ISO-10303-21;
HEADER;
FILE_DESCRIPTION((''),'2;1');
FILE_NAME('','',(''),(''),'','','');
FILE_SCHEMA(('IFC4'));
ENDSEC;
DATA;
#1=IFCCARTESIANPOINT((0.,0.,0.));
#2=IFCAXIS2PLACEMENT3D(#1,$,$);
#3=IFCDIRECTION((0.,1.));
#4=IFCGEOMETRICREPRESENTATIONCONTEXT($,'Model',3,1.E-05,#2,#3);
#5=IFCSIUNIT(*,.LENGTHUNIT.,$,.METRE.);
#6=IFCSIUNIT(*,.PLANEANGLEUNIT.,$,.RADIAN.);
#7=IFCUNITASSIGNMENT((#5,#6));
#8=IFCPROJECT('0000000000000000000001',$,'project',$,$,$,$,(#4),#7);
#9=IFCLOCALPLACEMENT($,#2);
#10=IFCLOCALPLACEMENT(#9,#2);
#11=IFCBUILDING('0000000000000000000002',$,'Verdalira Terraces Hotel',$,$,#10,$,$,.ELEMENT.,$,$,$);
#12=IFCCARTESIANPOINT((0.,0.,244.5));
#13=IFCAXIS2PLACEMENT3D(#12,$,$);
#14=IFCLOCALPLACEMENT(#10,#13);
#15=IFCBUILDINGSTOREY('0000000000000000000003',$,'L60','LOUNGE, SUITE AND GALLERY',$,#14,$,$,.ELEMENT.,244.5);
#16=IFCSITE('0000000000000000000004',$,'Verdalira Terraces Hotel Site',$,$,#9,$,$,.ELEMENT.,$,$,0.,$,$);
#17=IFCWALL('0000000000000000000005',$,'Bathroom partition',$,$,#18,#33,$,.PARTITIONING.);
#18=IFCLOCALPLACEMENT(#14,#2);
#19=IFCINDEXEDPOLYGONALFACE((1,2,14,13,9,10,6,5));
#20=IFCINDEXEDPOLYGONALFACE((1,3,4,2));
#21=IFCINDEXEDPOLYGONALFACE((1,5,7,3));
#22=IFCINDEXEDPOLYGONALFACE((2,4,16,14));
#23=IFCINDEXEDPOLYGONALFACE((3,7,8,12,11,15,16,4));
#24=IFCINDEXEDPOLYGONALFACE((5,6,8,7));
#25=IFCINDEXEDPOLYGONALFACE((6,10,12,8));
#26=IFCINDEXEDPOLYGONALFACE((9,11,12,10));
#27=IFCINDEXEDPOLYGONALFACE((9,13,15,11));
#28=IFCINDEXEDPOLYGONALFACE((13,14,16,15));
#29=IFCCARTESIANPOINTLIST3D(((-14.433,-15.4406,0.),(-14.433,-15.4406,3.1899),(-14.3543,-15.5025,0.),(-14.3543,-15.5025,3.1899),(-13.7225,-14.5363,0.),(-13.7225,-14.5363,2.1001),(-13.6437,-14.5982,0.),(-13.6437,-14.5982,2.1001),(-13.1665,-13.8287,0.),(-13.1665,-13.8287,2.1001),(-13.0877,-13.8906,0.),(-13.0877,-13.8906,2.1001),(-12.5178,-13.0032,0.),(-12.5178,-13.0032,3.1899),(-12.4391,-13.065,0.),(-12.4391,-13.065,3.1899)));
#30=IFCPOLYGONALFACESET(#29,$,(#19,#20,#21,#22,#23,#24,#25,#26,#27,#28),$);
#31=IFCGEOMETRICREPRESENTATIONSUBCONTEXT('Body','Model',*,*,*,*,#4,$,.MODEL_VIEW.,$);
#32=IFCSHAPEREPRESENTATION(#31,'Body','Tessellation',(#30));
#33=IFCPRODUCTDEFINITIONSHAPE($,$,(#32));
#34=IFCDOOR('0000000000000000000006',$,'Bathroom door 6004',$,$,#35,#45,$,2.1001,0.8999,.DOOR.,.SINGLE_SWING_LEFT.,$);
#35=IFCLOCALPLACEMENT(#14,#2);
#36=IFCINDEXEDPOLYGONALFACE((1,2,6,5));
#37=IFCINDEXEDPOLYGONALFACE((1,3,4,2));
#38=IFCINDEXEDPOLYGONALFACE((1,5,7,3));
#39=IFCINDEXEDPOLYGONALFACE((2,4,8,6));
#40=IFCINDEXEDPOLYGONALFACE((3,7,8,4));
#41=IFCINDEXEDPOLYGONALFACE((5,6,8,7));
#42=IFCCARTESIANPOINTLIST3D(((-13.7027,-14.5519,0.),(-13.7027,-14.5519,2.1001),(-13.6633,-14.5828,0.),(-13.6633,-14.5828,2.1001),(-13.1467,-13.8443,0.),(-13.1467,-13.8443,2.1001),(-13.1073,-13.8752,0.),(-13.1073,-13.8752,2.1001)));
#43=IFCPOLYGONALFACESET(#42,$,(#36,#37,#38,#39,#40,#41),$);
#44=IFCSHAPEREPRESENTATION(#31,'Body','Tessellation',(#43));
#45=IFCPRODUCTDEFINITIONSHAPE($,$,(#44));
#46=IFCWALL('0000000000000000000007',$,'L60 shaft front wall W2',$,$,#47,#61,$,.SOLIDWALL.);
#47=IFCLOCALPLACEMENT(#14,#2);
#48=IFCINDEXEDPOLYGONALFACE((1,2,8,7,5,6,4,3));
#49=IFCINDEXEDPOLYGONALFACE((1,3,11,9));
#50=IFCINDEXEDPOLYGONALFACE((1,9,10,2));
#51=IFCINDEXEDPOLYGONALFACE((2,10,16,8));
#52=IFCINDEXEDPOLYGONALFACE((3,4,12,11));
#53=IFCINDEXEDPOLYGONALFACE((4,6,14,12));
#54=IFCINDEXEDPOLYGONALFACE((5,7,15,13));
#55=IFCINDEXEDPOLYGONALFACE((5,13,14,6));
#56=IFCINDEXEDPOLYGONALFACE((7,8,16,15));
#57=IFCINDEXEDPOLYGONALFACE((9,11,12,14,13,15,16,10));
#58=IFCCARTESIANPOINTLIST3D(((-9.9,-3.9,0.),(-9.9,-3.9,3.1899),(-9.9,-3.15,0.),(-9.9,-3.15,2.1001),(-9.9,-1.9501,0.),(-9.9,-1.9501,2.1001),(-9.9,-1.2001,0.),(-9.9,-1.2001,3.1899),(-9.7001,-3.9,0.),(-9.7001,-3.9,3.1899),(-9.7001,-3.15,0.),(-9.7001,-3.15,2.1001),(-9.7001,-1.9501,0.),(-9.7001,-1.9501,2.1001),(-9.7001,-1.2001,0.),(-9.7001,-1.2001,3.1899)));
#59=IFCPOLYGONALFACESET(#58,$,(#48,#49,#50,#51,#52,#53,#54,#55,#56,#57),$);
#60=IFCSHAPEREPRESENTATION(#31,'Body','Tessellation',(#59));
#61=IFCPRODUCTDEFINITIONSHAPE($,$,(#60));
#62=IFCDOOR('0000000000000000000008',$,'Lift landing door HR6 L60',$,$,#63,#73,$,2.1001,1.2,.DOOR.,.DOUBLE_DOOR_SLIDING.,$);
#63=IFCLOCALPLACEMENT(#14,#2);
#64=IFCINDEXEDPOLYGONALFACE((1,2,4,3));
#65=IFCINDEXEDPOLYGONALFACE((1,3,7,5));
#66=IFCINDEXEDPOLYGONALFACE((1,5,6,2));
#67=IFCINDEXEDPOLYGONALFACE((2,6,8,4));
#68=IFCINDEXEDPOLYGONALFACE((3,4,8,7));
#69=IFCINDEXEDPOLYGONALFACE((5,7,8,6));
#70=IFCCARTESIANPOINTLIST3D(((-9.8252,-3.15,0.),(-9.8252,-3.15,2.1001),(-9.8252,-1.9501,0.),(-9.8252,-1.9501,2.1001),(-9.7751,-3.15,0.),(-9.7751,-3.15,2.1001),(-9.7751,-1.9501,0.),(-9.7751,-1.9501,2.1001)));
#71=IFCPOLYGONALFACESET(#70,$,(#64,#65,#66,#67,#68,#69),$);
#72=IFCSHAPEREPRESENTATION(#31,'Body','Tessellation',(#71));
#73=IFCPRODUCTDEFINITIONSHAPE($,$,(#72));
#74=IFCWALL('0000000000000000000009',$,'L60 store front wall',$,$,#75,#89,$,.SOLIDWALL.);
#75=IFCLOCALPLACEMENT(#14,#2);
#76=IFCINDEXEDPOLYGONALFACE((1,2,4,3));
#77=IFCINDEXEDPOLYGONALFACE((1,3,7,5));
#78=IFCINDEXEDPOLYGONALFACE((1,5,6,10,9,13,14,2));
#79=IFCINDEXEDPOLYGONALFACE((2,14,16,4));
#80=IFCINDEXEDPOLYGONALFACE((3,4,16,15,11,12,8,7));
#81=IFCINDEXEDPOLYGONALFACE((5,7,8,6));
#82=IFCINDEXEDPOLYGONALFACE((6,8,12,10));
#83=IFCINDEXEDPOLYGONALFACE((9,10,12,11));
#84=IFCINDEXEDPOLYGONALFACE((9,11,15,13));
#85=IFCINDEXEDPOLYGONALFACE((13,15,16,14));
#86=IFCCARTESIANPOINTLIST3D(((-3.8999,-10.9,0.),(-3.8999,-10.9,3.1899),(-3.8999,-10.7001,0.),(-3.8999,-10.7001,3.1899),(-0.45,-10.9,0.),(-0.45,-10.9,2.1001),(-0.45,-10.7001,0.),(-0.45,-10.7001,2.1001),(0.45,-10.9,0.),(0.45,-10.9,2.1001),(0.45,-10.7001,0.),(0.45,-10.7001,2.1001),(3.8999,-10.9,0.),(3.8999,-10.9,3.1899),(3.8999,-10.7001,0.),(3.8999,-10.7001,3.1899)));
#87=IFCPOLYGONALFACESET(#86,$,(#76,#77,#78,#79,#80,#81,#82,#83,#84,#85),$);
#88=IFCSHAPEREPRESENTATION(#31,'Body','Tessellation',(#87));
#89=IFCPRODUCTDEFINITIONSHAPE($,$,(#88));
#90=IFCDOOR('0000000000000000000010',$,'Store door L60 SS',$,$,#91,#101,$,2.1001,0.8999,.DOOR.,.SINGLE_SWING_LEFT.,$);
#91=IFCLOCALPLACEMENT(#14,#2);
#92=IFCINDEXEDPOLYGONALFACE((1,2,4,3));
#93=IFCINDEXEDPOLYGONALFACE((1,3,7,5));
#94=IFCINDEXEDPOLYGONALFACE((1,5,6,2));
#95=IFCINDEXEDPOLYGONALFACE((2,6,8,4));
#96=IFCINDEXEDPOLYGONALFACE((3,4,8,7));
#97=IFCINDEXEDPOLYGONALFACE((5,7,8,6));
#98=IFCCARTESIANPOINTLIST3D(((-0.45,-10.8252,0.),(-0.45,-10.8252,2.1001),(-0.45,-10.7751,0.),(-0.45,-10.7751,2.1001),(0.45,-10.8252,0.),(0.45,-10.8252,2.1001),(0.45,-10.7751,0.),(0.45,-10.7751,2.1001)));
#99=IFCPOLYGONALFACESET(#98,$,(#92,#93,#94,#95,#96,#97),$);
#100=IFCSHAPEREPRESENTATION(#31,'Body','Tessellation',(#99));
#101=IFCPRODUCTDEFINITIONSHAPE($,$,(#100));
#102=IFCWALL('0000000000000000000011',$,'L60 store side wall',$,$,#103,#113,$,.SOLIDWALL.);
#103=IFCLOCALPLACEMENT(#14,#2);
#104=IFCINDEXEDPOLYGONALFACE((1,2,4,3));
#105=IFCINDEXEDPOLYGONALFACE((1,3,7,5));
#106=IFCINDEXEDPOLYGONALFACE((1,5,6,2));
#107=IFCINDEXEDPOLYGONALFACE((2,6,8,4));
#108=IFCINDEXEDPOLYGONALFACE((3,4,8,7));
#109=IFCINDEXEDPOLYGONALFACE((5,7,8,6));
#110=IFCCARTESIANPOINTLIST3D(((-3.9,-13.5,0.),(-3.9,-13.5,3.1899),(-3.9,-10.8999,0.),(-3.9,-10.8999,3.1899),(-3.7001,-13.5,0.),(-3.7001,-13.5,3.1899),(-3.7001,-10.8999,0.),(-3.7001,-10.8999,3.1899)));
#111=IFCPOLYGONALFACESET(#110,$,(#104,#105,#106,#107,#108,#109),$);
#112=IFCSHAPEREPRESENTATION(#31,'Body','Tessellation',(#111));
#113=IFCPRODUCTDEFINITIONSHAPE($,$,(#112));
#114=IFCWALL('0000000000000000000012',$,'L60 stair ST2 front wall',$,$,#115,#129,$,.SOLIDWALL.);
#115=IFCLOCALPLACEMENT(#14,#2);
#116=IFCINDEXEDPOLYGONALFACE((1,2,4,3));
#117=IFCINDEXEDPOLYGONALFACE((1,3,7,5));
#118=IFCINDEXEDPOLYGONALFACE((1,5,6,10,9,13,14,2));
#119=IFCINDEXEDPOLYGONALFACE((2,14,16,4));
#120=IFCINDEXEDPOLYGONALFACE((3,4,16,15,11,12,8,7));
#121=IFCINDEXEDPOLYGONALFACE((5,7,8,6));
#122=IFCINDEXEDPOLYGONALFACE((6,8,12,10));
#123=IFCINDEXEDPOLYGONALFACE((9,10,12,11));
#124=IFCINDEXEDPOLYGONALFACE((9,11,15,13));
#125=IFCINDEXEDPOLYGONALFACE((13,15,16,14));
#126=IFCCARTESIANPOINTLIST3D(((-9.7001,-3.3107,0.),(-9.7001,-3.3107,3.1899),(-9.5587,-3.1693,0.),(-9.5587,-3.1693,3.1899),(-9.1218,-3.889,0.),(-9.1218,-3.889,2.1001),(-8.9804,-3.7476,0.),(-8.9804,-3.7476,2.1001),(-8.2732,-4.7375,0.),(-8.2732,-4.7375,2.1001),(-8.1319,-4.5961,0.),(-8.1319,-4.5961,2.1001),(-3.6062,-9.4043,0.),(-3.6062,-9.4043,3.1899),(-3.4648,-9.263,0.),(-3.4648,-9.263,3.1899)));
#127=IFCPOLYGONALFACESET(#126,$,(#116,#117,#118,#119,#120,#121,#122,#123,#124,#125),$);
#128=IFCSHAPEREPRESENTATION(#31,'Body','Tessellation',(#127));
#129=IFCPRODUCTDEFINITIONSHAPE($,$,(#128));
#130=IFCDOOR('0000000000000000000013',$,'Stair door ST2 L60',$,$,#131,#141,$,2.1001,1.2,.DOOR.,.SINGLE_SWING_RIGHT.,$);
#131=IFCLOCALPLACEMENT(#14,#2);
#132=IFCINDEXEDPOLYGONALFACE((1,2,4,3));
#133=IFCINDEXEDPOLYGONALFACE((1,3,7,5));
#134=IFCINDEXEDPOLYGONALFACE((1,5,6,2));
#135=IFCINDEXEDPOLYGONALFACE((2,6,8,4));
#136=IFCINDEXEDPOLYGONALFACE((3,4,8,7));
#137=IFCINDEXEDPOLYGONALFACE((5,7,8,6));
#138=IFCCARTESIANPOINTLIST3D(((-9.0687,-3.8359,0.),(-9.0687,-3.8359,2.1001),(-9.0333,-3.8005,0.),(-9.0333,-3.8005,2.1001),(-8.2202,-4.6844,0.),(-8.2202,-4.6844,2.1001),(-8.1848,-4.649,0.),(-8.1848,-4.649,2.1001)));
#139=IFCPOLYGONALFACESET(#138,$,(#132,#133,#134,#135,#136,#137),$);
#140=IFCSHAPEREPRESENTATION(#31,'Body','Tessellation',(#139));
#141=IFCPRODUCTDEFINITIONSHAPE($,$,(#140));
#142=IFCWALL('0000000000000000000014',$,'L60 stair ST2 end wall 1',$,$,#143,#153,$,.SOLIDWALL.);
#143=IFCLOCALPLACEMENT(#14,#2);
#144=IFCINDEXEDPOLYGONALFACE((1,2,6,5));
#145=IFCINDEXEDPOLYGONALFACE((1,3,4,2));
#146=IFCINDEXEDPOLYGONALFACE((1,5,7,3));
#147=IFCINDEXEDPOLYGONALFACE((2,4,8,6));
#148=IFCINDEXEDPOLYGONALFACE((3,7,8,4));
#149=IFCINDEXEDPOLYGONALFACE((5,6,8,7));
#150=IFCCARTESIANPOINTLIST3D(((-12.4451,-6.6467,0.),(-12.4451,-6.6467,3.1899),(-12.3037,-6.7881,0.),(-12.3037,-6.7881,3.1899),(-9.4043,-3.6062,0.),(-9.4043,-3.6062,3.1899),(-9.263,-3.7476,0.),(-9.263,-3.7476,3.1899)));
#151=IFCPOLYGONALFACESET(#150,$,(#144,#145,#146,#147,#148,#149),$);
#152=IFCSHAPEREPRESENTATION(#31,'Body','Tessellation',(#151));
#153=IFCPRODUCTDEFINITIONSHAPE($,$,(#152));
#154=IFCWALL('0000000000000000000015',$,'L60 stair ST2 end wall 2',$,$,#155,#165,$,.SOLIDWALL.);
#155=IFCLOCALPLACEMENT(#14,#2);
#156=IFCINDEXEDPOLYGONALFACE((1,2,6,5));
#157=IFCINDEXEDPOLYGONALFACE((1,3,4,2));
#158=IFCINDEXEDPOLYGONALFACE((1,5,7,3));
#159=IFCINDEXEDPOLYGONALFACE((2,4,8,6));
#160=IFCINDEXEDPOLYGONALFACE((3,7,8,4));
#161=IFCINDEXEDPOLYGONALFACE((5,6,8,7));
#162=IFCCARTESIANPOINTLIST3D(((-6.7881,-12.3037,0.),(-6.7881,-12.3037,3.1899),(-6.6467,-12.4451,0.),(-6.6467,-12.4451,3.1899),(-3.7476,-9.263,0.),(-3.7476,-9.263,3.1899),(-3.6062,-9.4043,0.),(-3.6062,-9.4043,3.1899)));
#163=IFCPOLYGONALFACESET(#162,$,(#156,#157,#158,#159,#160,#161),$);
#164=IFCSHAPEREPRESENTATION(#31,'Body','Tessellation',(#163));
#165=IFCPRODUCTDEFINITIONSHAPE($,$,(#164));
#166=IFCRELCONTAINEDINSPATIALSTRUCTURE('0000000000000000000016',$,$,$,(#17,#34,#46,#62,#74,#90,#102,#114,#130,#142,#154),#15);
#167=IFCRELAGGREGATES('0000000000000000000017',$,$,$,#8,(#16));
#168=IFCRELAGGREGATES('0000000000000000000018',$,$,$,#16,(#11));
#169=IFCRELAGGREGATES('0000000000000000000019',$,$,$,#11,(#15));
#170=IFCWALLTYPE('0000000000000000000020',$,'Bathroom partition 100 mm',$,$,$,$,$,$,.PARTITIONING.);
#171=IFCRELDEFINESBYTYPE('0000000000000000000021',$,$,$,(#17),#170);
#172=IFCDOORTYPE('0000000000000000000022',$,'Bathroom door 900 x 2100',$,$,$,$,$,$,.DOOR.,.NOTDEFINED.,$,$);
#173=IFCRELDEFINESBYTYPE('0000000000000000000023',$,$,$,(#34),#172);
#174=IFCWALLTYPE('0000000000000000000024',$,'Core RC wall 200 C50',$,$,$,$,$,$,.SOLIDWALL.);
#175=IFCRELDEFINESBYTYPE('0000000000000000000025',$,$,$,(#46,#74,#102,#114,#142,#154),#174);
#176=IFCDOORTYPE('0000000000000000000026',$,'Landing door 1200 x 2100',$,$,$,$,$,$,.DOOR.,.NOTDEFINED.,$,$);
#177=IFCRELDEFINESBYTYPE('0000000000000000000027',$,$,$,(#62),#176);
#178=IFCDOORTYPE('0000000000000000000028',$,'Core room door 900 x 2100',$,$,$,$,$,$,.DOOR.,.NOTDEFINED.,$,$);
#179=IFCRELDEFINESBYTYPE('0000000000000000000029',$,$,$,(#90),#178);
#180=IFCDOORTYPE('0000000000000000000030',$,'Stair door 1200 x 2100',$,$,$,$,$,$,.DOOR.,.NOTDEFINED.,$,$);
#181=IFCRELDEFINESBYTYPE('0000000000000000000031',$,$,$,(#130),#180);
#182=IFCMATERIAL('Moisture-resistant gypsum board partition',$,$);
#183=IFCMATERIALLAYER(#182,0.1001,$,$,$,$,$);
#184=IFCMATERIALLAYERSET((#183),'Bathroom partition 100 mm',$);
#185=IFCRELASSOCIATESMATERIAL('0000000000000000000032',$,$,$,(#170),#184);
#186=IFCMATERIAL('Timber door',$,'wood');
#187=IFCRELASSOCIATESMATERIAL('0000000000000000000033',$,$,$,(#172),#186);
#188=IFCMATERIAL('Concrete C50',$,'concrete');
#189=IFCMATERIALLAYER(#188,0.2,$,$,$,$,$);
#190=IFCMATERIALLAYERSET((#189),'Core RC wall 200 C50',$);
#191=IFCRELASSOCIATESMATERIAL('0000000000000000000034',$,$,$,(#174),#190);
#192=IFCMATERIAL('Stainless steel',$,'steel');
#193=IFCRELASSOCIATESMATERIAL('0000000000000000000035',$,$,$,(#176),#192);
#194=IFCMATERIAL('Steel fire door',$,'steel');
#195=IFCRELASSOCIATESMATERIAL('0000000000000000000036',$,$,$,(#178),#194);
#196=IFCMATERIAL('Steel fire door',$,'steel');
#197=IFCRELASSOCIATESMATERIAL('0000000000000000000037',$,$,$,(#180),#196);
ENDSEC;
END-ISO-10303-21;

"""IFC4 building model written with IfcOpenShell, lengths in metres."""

from ifc_helpers import new_model, si_unit, direction, frame, frame_2d, origin, place, context, subcontext, project, spatial, rectangle, extrude, material, layer, layer_set, type_object, element, fill, save


model = new_model("IFC4")

# Units and contexts
model_context = context("Model", 3, precision=1e-05, world=origin(), true_north=direction((0.0, 1.0)))
body_context = subcontext(model_context, "Body", "Model", "MODEL_VIEW")
ifc_project = project(units=[si_unit("LENGTHUNIT", "METRE"), si_unit("PLANEANGLEUNIT", "RADIAN")], contexts=[model_context])

# Site, building, storey
site_placement = place(None, origin())
site = spatial("IfcSite", under=ifc_project, at=site_placement, Name="Verdalira Terraces Hotel Site", CompositionType="ELEMENT", RefElevation=0.0)
building_placement = place(site_placement, origin())
building = spatial("IfcBuilding", under=site, at=building_placement, Name="Verdalira Terraces Hotel", CompositionType="ELEMENT")
storey_placement = place(building_placement, frame((0.0, 0.0, 244.5)))
storey = spatial("IfcBuildingStorey", under=building, at=storey_placement, Name="L60", Description="LOUNGE, SUITE AND GALLERY", CompositionType="ELEMENT", Elevation=244.5)

# Walls, openings, doors
ifc_material_1 = material(Name="Moisture-resistant gypsum board partition")
ifc_layer_1 = layer(ifc_material_1, 0.1001)
ifc_layer_set_1 = layer_set([ifc_layer_1], Name="Bathroom partition 100 mm")
wall_type_1 = type_object("IfcWallType", Name="Bathroom partition 100 mm", PredefinedType="PARTITIONING", material=ifc_layer_set_1)
wall_1_placement = place(storey_placement, frame((-14.3936, -15.4714, 0.0), z_axis=(0.0, 0.0, 1.0), x_axis=(0.617842, 0.786302, 0.0)))
wall_1 = element("IfcWall", 1, at=wall_1_placement, inside=storey, type_object=wall_type_1, Name="Bathroom partition", PredefinedType="PARTITIONING", context=body_context, shape_type="SweptSolid", body=[
    extrude(rectangle(XDim=3.0999, YDim=0.1001, at=frame_2d((1.5498, 0.0))), origin(), (0.0, 0.0, 1.0), 3.1899),
])
opening_1_placement = place(wall_1_placement, frame((1.1499, 0.0, 0.0)))
opening_1 = element("IfcOpeningElement", 2, at=opening_1_placement, cuts=wall_1, PredefinedType="OPENING", context=body_context, shape_type="SweptSolid", body=[
    extrude(rectangle(XDim=0.8999, YDim=2.1001, at=frame_2d((0.45, 1.05))), frame((0.0, 0.0601, 0.0), z_axis=(0.0, -1.0, 0.0), x_axis=(1.0, 0.0, 0.0)), (0.0, 0.0, 1.0), 0.1201),
])
ifc_material_2 = material(Name="Timber door", Category="wood")
door_type_1 = type_object("IfcDoorType", Name="Bathroom door 900 x 2100", OperationType="NOTDEFINED", PredefinedType="DOOR", material=ifc_material_2)
door_1_placement = place(opening_1_placement, origin())
door_1 = element("IfcDoor", 3, at=door_1_placement, inside=storey, type_object=door_type_1, Name="Bathroom door 6004", OperationType="SINGLE_SWING_LEFT", OverallHeight=2.1001, OverallWidth=0.8999, PredefinedType="DOOR", context=body_context, shape_type="SweptSolid", body=[
    extrude(rectangle(XDim=0.8999, YDim=2.1001, at=frame_2d((0.45, 1.05))), frame((0.0, 0.0249, 0.0), z_axis=(0.0, -1.0, 0.0), x_axis=(1.0, 0.0, 0.0)), (0.0, 0.0, 1.0), 0.05),
])
fill(opening_1, door_1)
ifc_material_3 = material(Name="Concrete C50", Category="concrete")
ifc_layer_2 = layer(ifc_material_3, 0.2)
ifc_layer_set_2 = layer_set([ifc_layer_2], Name="Core RC wall 200 C50")
wall_type_2 = type_object("IfcWallType", Name="Core RC wall 200 C50", PredefinedType="SOLIDWALL", material=ifc_layer_set_2)
wall_2_placement = place(storey_placement, frame((-9.8, -1.2, 0.0), z_axis=(0.0, 0.0, 1.0), x_axis=(0.0, -1.0, 0.0)))
wall_2 = element("IfcWall", 4, at=wall_2_placement, inside=storey, type_object=wall_type_2, Name="L60 shaft front wall W2", PredefinedType="SOLIDWALL", context=body_context, shape_type="SweptSolid", body=[
    extrude(rectangle(XDim=2.7, YDim=0.2, at=frame_2d((1.3501, 0.0))), origin(), (0.0, 0.0, 1.0), 3.1899),
])
opening_2_placement = place(wall_2_placement, frame((0.75, 0.0, 0.0)))
opening_2 = element("IfcOpeningElement", 5, at=opening_2_placement, cuts=wall_2, PredefinedType="OPENING", context=body_context, shape_type="SweptSolid", body=[
    extrude(rectangle(XDim=1.2, YDim=2.1001, at=frame_2d((0.6001, 1.05))), frame((0.0, 0.1099, 0.0), z_axis=(0.0, -1.0, 0.0), x_axis=(1.0, 0.0, 0.0)), (0.0, 0.0, 1.0), 0.22),
])
ifc_material_4 = material(Name="Stainless steel", Category="steel")
door_type_2 = type_object("IfcDoorType", Name="Landing door 1200 x 2100", OperationType="NOTDEFINED", PredefinedType="DOOR", material=ifc_material_4)
door_2_placement = place(opening_2_placement, origin())
door_2 = element("IfcDoor", 6, at=door_2_placement, inside=storey, type_object=door_type_2, Name="Lift landing door HR6 L60", OperationType="DOUBLE_DOOR_SLIDING", OverallHeight=2.1001, OverallWidth=1.2, PredefinedType="DOOR", context=body_context, shape_type="SweptSolid", body=[
    extrude(rectangle(XDim=1.2, YDim=2.1001, at=frame_2d((0.6001, 1.05))), frame((0.0, 0.0249, 0.0), z_axis=(0.0, -1.0, 0.0), x_axis=(1.0, 0.0, 0.0)), (0.0, 0.0, 1.0), 0.05),
])
fill(opening_2, door_2)
wall_3_placement = place(storey_placement, frame((-3.8999, -10.8, 0.0), z_axis=(0.0, 0.0, 1.0), x_axis=(1.0, 0.0, 0.0)))
wall_3 = element("IfcWall", 7, at=wall_3_placement, inside=storey, type_object=wall_type_2, Name="L60 store front wall", PredefinedType="SOLIDWALL", context=body_context, shape_type="SweptSolid", body=[
    extrude(rectangle(XDim=7.7998, YDim=0.2, at=frame_2d((3.8999, 0.0))), origin(), (0.0, 0.0, 1.0), 3.1899),
])
opening_3_placement = place(wall_3_placement, frame((3.45, 0.0, 0.0)))
opening_3 = element("IfcOpeningElement", 8, at=opening_3_placement, cuts=wall_3, PredefinedType="OPENING", context=body_context, shape_type="SweptSolid", body=[
    extrude(rectangle(XDim=0.8999, YDim=2.1001, at=frame_2d((0.45, 1.05))), frame((0.0, 0.1099, 0.0), z_axis=(0.0, -1.0, 0.0), x_axis=(1.0, 0.0, 0.0)), (0.0, 0.0, 1.0), 0.22),
])
ifc_material_5 = material(Name="Steel fire door", Category="steel")
door_type_3 = type_object("IfcDoorType", Name="Core room door 900 x 2100", OperationType="NOTDEFINED", PredefinedType="DOOR", material=ifc_material_5)
door_3_placement = place(opening_3_placement, origin())
door_3 = element("IfcDoor", 9, at=door_3_placement, inside=storey, type_object=door_type_3, Name="Store door L60 SS", OperationType="SINGLE_SWING_LEFT", OverallHeight=2.1001, OverallWidth=0.8999, PredefinedType="DOOR", context=body_context, shape_type="SweptSolid", body=[
    extrude(rectangle(XDim=0.8999, YDim=2.1001, at=frame_2d((0.45, 1.05))), frame((0.0, 0.0249, 0.0), z_axis=(0.0, -1.0, 0.0), x_axis=(1.0, 0.0, 0.0)), (0.0, 0.0, 1.0), 0.05),
])
fill(opening_3, door_3)

# Wall
wall_4_placement = place(storey_placement, frame((-3.8, -10.8999, 0.0), z_axis=(0.0, 0.0, 1.0), x_axis=(0.0, -1.0, 0.0)))
element("IfcWall", 10, at=wall_4_placement, inside=storey, type_object=wall_type_2, Name="L60 store side wall", PredefinedType="SOLIDWALL", context=body_context, shape_type="SweptSolid", body=[
    extrude(rectangle(XDim=2.6001, YDim=0.2, at=frame_2d((1.3, 0.0))), origin(), (0.0, 0.0, 1.0), 3.1899),
])

# Wall, opening, door
wall_5_placement = place(storey_placement, frame((-3.5354, -9.3337, 0.0), z_axis=(0.0, 0.0, 1.0), x_axis=(-0.707121, 0.707093, 0.0)))
wall_5 = element("IfcWall", 11, at=wall_5_placement, inside=storey, type_object=wall_type_2, Name="L60 stair ST2 front wall", PredefinedType="SOLIDWALL", context=body_context, shape_type="SweptSolid", body=[
    extrude(rectangle(XDim=8.6179, YDim=0.2, at=frame_2d((4.3091, 0.0))), origin(), (0.0, 0.0, 1.0), 3.1899),
])
opening_4_placement = place(wall_5_placement, frame((6.6001, 0.0, 0.0)))
opening_4 = element("IfcOpeningElement", 12, at=opening_4_placement, cuts=wall_5, PredefinedType="OPENING", context=body_context, shape_type="SweptSolid", body=[
    extrude(rectangle(XDim=1.2, YDim=2.1001, at=frame_2d((0.6001, 1.05))), frame((0.0, 0.1099, 0.0), z_axis=(0.0, -1.0, 0.0), x_axis=(1.0, 0.0, 0.0)), (0.0, 0.0, 1.0), 0.22),
])
ifc_material_6 = material(Name="Steel fire door", Category="steel")
door_type_4 = type_object("IfcDoorType", Name="Stair door 1200 x 2100", OperationType="NOTDEFINED", PredefinedType="DOOR", material=ifc_material_6)
door_4_placement = place(opening_4_placement, origin())
door_4 = element("IfcDoor", 13, at=door_4_placement, inside=storey, type_object=door_type_4, Name="Stair door ST2 L60", OperationType="SINGLE_SWING_RIGHT", OverallHeight=2.1001, OverallWidth=1.2, PredefinedType="DOOR", context=body_context, shape_type="SweptSolid", body=[
    extrude(rectangle(XDim=1.2, YDim=2.1001, at=frame_2d((0.6001, 1.05))), frame((0.0, 0.0249, 0.0), z_axis=(0.0, -1.0, 0.0), x_axis=(1.0, 0.0, 0.0)), (0.0, 0.0, 1.0), 0.05),
])
fill(opening_4, door_4)

# Walls
for number, where, z_axis, x_axis, name in (
    (14, (-9.3337, -3.677, 0.0), (0.0, 0.0, 1.0), (-0.707135, -0.707078, 0.0), "L60 stair ST2 end wall 1"),
    (15, (-3.677, -9.3337, 0.0), (0.0, 0.0, 1.0), (-0.707078, -0.707135, 0.0), "L60 stair ST2 end wall 2"),
):
    element("IfcWall", number, at=place(storey_placement, frame(where, z_axis=z_axis, x_axis=x_axis)), inside=storey, type_object=wall_type_2, Name=name, PredefinedType="SOLIDWALL", context=body_context, shape_type="SweptSolid", body=[
        extrude(rectangle(XDim=4.3, YDim=0.2, at=frame_2d((2.1499, 0.0))), origin(), (0.0, 0.0, 1.0), 3.1899),
    ])

save(model, "model.ifc")
